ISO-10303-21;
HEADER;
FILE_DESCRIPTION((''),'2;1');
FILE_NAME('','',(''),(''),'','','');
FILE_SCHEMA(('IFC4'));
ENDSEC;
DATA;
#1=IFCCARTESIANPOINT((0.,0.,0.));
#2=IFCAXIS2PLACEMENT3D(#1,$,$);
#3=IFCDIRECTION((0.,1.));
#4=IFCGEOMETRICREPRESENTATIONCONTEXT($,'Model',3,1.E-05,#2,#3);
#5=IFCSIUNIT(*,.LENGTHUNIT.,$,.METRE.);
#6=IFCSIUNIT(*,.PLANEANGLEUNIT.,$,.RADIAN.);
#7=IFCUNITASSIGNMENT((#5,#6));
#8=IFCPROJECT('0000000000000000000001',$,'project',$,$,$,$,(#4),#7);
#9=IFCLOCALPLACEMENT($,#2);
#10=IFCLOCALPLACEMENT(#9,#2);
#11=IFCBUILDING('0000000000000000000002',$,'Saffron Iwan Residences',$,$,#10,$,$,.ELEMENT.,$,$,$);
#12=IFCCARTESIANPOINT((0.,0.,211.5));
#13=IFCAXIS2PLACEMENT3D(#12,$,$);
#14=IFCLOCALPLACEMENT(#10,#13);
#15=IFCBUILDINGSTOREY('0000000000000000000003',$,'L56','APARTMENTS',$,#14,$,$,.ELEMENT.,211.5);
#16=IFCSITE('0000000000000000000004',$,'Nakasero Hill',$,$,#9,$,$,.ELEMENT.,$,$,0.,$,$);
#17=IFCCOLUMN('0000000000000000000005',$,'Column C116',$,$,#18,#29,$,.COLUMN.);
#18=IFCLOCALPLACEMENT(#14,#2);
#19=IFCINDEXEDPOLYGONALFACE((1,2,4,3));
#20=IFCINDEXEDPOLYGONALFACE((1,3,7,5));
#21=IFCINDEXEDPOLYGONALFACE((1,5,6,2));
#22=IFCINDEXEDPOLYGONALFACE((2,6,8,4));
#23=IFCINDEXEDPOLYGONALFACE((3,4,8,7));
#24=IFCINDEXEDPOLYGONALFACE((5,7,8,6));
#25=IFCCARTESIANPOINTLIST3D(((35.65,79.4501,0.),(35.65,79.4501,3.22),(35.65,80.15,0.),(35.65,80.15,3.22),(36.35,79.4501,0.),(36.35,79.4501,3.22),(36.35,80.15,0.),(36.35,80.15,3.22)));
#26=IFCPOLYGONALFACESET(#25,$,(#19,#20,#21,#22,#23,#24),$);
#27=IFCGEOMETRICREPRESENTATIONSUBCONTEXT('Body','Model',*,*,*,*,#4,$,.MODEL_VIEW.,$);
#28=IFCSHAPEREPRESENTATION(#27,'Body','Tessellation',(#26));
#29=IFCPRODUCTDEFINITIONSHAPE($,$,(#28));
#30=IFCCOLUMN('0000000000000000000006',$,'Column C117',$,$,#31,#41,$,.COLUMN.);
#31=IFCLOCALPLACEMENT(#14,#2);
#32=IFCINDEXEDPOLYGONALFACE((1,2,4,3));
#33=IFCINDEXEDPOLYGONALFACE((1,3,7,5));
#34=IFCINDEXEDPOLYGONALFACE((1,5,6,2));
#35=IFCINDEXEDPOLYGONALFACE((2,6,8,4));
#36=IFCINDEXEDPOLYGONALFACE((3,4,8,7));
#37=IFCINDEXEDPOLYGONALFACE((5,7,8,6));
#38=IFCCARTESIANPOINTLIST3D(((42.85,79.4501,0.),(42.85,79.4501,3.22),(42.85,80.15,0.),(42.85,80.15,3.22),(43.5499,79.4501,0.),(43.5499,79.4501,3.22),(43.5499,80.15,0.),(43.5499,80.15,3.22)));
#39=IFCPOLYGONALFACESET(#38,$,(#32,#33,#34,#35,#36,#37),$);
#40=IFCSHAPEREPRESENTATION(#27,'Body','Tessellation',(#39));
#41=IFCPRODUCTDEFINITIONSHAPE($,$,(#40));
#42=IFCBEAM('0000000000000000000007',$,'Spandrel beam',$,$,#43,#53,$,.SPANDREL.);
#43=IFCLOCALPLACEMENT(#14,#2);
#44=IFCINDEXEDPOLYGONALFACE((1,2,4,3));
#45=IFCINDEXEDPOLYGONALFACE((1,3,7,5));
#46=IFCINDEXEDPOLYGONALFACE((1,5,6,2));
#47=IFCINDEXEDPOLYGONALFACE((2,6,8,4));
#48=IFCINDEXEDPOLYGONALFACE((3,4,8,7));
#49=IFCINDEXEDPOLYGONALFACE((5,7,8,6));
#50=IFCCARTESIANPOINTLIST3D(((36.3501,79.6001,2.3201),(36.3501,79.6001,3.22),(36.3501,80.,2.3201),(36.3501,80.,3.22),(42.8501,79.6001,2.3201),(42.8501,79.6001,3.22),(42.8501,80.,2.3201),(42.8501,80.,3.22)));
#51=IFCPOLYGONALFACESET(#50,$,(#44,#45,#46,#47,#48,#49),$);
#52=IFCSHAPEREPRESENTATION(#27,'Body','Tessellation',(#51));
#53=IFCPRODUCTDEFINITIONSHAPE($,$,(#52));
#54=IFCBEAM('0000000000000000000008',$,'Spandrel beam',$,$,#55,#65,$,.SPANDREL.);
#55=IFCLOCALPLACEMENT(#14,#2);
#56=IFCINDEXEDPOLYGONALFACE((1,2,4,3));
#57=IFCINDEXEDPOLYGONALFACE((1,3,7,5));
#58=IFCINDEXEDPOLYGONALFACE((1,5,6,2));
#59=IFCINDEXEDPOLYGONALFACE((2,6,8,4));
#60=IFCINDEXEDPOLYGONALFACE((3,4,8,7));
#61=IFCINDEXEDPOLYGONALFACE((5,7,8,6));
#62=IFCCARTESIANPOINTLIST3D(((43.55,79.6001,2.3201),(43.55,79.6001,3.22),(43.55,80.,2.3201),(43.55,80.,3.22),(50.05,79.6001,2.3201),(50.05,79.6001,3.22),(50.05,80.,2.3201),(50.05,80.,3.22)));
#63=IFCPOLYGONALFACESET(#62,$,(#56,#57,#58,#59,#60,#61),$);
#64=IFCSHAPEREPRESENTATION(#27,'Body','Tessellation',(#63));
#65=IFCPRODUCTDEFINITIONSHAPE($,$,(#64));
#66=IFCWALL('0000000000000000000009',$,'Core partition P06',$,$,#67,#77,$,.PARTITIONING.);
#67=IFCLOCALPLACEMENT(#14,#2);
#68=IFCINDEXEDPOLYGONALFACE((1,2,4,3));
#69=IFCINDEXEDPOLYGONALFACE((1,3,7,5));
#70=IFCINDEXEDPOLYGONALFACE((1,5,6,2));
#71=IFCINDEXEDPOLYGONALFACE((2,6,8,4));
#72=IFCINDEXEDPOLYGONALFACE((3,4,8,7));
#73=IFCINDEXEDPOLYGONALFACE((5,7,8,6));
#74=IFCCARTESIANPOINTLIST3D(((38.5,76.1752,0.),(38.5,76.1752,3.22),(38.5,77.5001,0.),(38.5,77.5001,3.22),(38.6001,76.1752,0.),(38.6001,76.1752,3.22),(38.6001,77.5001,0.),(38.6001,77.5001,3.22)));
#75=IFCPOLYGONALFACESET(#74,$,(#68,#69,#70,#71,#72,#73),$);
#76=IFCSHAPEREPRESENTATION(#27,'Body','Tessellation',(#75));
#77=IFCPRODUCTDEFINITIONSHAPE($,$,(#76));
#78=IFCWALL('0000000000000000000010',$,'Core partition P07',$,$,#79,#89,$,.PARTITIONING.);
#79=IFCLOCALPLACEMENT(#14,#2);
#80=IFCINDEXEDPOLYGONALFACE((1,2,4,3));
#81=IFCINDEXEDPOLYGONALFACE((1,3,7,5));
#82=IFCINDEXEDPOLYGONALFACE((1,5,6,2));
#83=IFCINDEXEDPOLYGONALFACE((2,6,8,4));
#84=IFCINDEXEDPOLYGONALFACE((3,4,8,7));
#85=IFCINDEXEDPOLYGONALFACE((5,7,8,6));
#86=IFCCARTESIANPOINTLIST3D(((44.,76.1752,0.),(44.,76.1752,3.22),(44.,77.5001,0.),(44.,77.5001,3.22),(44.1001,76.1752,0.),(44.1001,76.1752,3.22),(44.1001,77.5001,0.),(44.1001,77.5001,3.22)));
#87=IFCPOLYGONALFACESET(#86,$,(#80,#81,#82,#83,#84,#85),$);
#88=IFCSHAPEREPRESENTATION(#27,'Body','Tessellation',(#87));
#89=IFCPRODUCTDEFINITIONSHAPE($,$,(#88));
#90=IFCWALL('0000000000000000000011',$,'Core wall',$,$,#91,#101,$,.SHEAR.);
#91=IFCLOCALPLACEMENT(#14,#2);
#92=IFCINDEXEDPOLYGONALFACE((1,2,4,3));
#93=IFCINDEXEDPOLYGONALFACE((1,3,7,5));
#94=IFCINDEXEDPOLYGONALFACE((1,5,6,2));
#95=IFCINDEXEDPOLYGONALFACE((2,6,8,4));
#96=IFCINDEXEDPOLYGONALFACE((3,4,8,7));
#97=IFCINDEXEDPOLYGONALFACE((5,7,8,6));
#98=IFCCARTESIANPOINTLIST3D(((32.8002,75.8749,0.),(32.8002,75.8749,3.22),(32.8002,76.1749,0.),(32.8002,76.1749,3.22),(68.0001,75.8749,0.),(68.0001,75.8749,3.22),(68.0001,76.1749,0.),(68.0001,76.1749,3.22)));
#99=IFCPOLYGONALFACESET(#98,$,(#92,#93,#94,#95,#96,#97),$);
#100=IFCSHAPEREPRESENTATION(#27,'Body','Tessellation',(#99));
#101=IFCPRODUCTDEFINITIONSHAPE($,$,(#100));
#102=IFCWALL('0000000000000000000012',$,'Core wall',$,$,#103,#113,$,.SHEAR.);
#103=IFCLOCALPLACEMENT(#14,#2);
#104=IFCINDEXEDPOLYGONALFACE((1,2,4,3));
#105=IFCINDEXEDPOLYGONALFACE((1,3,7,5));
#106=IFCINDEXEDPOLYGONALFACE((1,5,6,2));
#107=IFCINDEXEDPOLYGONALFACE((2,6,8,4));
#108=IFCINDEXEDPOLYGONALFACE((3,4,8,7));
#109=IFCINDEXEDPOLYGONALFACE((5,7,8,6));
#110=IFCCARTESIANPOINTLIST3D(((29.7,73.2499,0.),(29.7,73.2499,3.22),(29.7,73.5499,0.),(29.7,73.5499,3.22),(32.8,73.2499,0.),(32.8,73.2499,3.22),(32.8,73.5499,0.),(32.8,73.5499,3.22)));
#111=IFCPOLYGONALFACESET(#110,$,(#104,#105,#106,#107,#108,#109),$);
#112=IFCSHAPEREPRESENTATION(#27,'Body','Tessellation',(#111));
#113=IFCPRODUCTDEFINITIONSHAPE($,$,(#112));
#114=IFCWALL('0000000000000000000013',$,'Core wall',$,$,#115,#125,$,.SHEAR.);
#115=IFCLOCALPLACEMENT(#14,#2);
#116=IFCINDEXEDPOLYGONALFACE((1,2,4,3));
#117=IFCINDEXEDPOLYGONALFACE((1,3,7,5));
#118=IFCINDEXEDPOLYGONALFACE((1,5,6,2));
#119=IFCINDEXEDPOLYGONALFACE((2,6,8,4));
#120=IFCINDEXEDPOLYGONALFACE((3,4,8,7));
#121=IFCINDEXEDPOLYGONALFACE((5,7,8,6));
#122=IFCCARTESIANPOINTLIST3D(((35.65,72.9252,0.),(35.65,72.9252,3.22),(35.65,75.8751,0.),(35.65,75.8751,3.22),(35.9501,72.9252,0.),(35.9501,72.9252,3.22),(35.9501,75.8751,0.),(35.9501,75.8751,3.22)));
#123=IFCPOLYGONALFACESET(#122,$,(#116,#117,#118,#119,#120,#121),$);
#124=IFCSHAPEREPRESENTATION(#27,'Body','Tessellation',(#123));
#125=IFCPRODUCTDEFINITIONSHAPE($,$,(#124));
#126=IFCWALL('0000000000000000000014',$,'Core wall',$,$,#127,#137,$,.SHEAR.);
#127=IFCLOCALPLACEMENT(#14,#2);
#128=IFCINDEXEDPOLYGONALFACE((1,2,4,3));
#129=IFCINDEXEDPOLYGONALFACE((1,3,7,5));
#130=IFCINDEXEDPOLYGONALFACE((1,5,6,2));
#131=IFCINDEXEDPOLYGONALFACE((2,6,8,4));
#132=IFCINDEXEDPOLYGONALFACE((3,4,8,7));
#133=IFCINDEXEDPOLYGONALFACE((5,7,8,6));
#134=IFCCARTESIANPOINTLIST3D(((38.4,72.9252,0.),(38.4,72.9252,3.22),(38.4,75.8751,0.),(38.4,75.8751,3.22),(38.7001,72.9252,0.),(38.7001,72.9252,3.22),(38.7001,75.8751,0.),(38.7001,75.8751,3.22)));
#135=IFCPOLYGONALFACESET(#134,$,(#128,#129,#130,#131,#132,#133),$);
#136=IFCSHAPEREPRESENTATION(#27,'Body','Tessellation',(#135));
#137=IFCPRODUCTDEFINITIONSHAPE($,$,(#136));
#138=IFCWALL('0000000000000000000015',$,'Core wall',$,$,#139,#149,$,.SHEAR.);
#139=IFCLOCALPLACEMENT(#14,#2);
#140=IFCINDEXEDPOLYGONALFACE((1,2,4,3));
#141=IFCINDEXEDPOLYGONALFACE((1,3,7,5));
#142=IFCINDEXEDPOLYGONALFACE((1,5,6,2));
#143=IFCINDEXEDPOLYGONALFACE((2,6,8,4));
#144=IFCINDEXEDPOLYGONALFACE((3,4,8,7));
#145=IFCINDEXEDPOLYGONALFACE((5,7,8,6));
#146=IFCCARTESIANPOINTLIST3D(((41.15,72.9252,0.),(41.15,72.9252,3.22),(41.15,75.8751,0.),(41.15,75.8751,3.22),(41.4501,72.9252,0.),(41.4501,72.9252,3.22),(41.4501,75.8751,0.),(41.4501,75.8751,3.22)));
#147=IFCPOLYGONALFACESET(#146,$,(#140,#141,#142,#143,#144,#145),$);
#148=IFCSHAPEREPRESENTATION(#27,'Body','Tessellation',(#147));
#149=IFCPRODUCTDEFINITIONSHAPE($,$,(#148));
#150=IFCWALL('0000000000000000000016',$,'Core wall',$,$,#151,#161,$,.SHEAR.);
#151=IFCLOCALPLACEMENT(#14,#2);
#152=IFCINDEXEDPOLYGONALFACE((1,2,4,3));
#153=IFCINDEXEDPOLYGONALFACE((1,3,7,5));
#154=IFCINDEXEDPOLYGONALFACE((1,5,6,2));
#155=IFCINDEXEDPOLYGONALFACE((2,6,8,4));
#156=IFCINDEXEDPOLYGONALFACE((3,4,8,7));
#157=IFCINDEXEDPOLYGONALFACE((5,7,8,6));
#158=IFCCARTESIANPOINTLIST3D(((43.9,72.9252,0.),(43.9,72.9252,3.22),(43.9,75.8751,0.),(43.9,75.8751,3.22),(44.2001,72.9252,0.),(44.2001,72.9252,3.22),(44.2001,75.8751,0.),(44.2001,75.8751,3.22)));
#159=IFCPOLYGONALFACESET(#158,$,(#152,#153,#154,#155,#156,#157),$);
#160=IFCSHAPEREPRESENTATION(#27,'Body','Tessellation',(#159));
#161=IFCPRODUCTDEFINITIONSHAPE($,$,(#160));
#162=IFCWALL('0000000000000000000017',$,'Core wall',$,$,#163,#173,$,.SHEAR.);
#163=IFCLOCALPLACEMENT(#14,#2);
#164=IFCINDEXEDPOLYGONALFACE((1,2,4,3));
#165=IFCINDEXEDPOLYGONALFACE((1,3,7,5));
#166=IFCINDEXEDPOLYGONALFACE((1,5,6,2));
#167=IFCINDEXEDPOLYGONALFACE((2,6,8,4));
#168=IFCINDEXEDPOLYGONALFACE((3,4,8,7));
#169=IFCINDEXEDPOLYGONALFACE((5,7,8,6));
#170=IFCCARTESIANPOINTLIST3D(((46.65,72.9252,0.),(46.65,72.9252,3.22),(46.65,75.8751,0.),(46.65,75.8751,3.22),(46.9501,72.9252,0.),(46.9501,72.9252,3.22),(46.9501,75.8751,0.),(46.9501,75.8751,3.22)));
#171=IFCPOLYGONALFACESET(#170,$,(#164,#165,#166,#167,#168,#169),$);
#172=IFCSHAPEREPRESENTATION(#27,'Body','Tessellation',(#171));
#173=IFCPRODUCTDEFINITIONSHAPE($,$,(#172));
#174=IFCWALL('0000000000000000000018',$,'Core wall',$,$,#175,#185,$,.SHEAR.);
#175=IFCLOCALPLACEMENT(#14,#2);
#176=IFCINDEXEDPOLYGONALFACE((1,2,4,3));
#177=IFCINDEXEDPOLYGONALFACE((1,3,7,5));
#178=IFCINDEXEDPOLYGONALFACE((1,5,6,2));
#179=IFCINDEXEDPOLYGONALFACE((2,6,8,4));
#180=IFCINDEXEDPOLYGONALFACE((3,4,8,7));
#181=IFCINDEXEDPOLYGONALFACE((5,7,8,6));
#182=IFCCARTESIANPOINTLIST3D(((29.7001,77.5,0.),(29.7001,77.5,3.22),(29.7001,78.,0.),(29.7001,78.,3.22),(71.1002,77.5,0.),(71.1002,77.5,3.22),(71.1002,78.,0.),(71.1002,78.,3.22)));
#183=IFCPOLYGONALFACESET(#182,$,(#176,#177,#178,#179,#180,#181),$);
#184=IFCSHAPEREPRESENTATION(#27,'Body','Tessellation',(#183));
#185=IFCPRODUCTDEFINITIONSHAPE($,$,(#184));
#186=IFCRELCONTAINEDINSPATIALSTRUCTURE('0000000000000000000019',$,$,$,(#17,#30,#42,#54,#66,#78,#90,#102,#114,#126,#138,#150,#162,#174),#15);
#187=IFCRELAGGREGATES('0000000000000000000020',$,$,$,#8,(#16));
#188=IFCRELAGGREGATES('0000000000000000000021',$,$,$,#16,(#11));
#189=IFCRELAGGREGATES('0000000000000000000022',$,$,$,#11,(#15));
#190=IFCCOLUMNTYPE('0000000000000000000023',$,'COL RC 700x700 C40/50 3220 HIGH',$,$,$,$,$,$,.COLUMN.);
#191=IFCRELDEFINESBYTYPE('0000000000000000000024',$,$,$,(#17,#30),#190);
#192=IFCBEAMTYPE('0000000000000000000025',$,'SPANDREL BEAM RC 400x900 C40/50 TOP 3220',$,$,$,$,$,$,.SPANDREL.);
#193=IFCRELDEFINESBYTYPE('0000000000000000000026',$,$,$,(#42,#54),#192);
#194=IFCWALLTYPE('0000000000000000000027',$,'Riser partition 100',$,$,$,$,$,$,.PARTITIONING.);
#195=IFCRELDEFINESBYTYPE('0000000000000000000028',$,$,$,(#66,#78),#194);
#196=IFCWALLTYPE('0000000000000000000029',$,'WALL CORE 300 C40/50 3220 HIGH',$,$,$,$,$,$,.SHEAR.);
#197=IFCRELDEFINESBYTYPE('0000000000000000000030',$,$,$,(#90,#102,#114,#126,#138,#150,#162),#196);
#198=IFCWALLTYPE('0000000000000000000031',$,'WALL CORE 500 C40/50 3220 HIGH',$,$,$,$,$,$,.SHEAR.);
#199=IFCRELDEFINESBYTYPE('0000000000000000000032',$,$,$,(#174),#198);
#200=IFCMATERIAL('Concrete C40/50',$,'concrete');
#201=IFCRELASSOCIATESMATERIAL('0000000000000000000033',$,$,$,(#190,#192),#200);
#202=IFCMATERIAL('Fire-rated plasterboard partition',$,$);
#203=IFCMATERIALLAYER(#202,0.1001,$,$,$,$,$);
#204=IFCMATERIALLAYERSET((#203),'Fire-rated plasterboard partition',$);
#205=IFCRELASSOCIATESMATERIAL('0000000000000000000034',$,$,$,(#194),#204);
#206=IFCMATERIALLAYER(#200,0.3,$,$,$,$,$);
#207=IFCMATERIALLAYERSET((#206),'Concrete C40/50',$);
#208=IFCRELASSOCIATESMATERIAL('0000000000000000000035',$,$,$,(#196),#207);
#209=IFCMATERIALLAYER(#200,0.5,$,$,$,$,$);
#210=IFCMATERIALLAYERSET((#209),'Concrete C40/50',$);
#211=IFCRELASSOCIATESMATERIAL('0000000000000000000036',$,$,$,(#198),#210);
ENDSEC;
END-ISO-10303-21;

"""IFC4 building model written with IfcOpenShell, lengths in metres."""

from ifc_helpers import new_model, si_unit, direction, frame, frame_2d, origin, origin_2d, place, context, subcontext, project, spatial, rectangle, extrude, source, transform, mapped, material, layer, layer_set, material_profile, profile_set, type_object, element, save


model = new_model("IFC4")

# Units and contexts
model_context = context("Model", 3, precision=1e-05, world=origin(), true_north=direction((0.0, 1.0)))
body_context = subcontext(model_context, "Body", "Model", "MODEL_VIEW")
ifc_project = project(units=[si_unit("LENGTHUNIT", "METRE"), si_unit("PLANEANGLEUNIT", "RADIAN")], contexts=[model_context])

# Site, building, storey
site_placement = place(None, origin())
site = spatial("IfcSite", under=ifc_project, at=site_placement, Name="Nakasero Hill", CompositionType="ELEMENT", RefElevation=0.0)
building_placement = place(site_placement, origin())
building = spatial("IfcBuilding", under=site, at=building_placement, Name="Saffron Iwan Residences", CompositionType="ELEMENT")
storey_placement = place(building_placement, frame((0.0, 0.0, 211.5)))
storey = spatial("IfcBuildingStorey", under=building, at=storey_placement, Name="L56", Description="APARTMENTS", CompositionType="ELEMENT", Elevation=211.5)

# Columns
ifc_material_1 = material(Name="Concrete C40/50", Category="concrete")
ifc_material_profile_1 = material_profile(ifc_material_1, rectangle(XDim=0.7, YDim=0.7, at=origin_2d()), Name="RC 700x700")
ifc_profile_set_1 = profile_set([ifc_material_profile_1], Name="Concrete C40/50")
column_type = type_object("IfcColumnType", Name="COL RC 700x700 C40/50 3220 HIGH", PredefinedType="COLUMN", material=ifc_profile_set_1)
shared_shape_1 = source(origin(), body_context, "Body", "SweptSolid", [
    extrude(rectangle(XDim=0.7, YDim=0.7, at=origin_2d()), origin(), (0.0, 0.0, 1.0), 3.22),
])
for number, where, z_axis, x_axis, name in (
    (1, (36.0, 79.8, 0.0), (0.0, 0.0, 1.0), (1.0, 0.0, 0.0), "Column C116"),
    (2, (43.2, 79.8, 0.0), (0.0, 0.0, 1.0), (1.0, 0.0, 0.0), "Column C117"),
):
    element("IfcColumn", number, at=place(storey_placement, frame(where, z_axis=z_axis, x_axis=x_axis)), inside=storey, type_object=column_type, Name=name, PredefinedType="COLUMN", context=body_context, shape_type="MappedRepresentation", body=[
        mapped(shared_shape_1, transform((0.0, 0.0, 0.0))),
    ])

# Beams
ifc_material_profile_2 = material_profile(ifc_material_1, rectangle(XDim=0.3999, YDim=0.8999, at=origin_2d()), Name="RC 400x900")
ifc_profile_set_2 = profile_set([ifc_material_profile_2], Name="Concrete C40/50")
beam_type = type_object("IfcBeamType", Name="SPANDREL BEAM RC 400x900 C40/50 TOP 3220", PredefinedType="SPANDREL", material=ifc_profile_set_2)
shared_shape_2 = source(origin(), body_context, "Body", "SweptSolid", [
    extrude(rectangle(XDim=0.3999, YDim=0.8999, at=origin_2d()), origin(), (0.0, 0.0, 1.0), 6.5),
])
for number, where, z_axis, x_axis, name in (
    (3, (36.3501, 79.8, 2.77), (1.0, 0.0, 0.0), (0.0, 1.0, 0.0), "Spandrel beam"),
    (4, (43.55, 79.8, 2.77), (1.0, 0.0, 0.0), (0.0, 1.0, 0.0), "Spandrel beam"),
):
    element("IfcBeam", number, at=place(storey_placement, frame(where, z_axis=z_axis, x_axis=x_axis)), inside=storey, type_object=beam_type, Name=name, PredefinedType="SPANDREL", context=body_context, shape_type="MappedRepresentation", body=[
        mapped(shared_shape_2, transform((0.0, 0.0, 0.0))),
    ])

# Walls
ifc_material_2 = material(Name="Fire-rated plasterboard partition")
ifc_layer_1 = layer(ifc_material_2, 0.1001)
ifc_layer_set_1 = layer_set([ifc_layer_1], Name="Fire-rated plasterboard partition")
wall_type_1 = type_object("IfcWallType", Name="Riser partition 100", PredefinedType="PARTITIONING", material=ifc_layer_set_1)
for number, where, z_axis, x_axis, name in (
    (5, (38.55, 76.175, 0.0), (0.0, 0.0, 1.0), (0.0, 1.0, 0.0), "Core partition P06"),
    (6, (44.05, 76.175, 0.0), (0.0, 0.0, 1.0), (0.0, 1.0, 0.0), "Core partition P07"),
):
    element("IfcWall", number, at=place(storey_placement, frame(where, z_axis=z_axis, x_axis=x_axis)), inside=storey, type_object=wall_type_1, Name=name, PredefinedType="PARTITIONING", context=body_context, shape_type="SweptSolid", body=[
        extrude(rectangle(XDim=1.325, YDim=0.1001, at=frame_2d((0.6626, 0.0))), origin(), (0.0, 0.0, 1.0), 3.22),
    ])

# Shared definitions
ifc_layer_2 = layer(ifc_material_1, 0.3)
ifc_layer_set_2 = layer_set([ifc_layer_2], Name="Concrete C40/50")
wall_type_2 = type_object("IfcWallType", Name="WALL CORE 300 C40/50 3220 HIGH", PredefinedType="SHEAR", material=ifc_layer_set_2)

# Walls
wall_1_placement = place(storey_placement, frame((32.8, 76.0249, 0.0), z_axis=(0.0, 0.0, 1.0), x_axis=(1.0, 0.0, 0.0)))
element("IfcWall", 7, at=wall_1_placement, inside=storey, type_object=wall_type_2, Name="Core wall", PredefinedType="SHEAR", context=body_context, shape_type="SweptSolid", body=[
    extrude(rectangle(XDim=35.2, YDim=0.3, at=frame_2d((17.6001, 0.0))), origin(), (0.0, 0.0, 1.0), 3.22),
])
wall_2_placement = place(storey_placement, frame((29.7, 73.3999, 0.0), z_axis=(0.0, 0.0, 1.0), x_axis=(1.0, 0.0, 0.0)))
element("IfcWall", 8, at=wall_2_placement, inside=storey, type_object=wall_type_2, Name="Core wall", PredefinedType="SHEAR", context=body_context, shape_type="SweptSolid", body=[
    extrude(rectangle(XDim=3.1001, YDim=0.3, at=frame_2d((1.55, 0.0))), origin(), (0.0, 0.0, 1.0), 3.22),
])
for number, where, z_axis, x_axis, name in (
    (9, (35.8, 72.925, 0.0), (0.0, 0.0, 1.0), (0.0, 1.0, 0.0), "Core wall"),
    (10, (38.55, 72.925, 0.0), (0.0, 0.0, 1.0), (0.0, 1.0, 0.0), "Core wall"),
    (11, (41.3, 72.925, 0.0), (0.0, 0.0, 1.0), (0.0, 1.0, 0.0), "Core wall"),
    (12, (44.05, 72.925, 0.0), (0.0, 0.0, 1.0), (0.0, 1.0, 0.0), "Core wall"),
    (13, (46.8, 72.925, 0.0), (0.0, 0.0, 1.0), (0.0, 1.0, 0.0), "Core wall"),
):
    element("IfcWall", number, at=place(storey_placement, frame(where, z_axis=z_axis, x_axis=x_axis)), inside=storey, type_object=wall_type_2, Name=name, PredefinedType="SHEAR", context=body_context, shape_type="SweptSolid", body=[
        extrude(rectangle(XDim=2.95, YDim=0.3, at=frame_2d((1.4751, 0.0))), origin(), (0.0, 0.0, 1.0), 3.22),
    ])
ifc_layer_3 = layer(ifc_material_1, 0.5)
ifc_layer_set_3 = layer_set([ifc_layer_3], Name="Concrete C40/50")
wall_type_3 = type_object("IfcWallType", Name="WALL CORE 500 C40/50 3220 HIGH", PredefinedType="SHEAR", material=ifc_layer_set_3)
wall_3_placement = place(storey_placement, frame((29.7, 77.75, 0.0), z_axis=(0.0, 0.0, 1.0), x_axis=(1.0, 0.0, 0.0)))
element("IfcWall", 14, at=wall_3_placement, inside=storey, type_object=wall_type_3, Name="Core wall", PredefinedType="SHEAR", context=body_context, shape_type="SweptSolid", body=[
    extrude(rectangle(XDim=41.4001, YDim=0.5, at=frame_2d((20.7002, 0.0))), origin(), (0.0, 0.0, 1.0), 3.22),
])

save(model, "model.ifc")
